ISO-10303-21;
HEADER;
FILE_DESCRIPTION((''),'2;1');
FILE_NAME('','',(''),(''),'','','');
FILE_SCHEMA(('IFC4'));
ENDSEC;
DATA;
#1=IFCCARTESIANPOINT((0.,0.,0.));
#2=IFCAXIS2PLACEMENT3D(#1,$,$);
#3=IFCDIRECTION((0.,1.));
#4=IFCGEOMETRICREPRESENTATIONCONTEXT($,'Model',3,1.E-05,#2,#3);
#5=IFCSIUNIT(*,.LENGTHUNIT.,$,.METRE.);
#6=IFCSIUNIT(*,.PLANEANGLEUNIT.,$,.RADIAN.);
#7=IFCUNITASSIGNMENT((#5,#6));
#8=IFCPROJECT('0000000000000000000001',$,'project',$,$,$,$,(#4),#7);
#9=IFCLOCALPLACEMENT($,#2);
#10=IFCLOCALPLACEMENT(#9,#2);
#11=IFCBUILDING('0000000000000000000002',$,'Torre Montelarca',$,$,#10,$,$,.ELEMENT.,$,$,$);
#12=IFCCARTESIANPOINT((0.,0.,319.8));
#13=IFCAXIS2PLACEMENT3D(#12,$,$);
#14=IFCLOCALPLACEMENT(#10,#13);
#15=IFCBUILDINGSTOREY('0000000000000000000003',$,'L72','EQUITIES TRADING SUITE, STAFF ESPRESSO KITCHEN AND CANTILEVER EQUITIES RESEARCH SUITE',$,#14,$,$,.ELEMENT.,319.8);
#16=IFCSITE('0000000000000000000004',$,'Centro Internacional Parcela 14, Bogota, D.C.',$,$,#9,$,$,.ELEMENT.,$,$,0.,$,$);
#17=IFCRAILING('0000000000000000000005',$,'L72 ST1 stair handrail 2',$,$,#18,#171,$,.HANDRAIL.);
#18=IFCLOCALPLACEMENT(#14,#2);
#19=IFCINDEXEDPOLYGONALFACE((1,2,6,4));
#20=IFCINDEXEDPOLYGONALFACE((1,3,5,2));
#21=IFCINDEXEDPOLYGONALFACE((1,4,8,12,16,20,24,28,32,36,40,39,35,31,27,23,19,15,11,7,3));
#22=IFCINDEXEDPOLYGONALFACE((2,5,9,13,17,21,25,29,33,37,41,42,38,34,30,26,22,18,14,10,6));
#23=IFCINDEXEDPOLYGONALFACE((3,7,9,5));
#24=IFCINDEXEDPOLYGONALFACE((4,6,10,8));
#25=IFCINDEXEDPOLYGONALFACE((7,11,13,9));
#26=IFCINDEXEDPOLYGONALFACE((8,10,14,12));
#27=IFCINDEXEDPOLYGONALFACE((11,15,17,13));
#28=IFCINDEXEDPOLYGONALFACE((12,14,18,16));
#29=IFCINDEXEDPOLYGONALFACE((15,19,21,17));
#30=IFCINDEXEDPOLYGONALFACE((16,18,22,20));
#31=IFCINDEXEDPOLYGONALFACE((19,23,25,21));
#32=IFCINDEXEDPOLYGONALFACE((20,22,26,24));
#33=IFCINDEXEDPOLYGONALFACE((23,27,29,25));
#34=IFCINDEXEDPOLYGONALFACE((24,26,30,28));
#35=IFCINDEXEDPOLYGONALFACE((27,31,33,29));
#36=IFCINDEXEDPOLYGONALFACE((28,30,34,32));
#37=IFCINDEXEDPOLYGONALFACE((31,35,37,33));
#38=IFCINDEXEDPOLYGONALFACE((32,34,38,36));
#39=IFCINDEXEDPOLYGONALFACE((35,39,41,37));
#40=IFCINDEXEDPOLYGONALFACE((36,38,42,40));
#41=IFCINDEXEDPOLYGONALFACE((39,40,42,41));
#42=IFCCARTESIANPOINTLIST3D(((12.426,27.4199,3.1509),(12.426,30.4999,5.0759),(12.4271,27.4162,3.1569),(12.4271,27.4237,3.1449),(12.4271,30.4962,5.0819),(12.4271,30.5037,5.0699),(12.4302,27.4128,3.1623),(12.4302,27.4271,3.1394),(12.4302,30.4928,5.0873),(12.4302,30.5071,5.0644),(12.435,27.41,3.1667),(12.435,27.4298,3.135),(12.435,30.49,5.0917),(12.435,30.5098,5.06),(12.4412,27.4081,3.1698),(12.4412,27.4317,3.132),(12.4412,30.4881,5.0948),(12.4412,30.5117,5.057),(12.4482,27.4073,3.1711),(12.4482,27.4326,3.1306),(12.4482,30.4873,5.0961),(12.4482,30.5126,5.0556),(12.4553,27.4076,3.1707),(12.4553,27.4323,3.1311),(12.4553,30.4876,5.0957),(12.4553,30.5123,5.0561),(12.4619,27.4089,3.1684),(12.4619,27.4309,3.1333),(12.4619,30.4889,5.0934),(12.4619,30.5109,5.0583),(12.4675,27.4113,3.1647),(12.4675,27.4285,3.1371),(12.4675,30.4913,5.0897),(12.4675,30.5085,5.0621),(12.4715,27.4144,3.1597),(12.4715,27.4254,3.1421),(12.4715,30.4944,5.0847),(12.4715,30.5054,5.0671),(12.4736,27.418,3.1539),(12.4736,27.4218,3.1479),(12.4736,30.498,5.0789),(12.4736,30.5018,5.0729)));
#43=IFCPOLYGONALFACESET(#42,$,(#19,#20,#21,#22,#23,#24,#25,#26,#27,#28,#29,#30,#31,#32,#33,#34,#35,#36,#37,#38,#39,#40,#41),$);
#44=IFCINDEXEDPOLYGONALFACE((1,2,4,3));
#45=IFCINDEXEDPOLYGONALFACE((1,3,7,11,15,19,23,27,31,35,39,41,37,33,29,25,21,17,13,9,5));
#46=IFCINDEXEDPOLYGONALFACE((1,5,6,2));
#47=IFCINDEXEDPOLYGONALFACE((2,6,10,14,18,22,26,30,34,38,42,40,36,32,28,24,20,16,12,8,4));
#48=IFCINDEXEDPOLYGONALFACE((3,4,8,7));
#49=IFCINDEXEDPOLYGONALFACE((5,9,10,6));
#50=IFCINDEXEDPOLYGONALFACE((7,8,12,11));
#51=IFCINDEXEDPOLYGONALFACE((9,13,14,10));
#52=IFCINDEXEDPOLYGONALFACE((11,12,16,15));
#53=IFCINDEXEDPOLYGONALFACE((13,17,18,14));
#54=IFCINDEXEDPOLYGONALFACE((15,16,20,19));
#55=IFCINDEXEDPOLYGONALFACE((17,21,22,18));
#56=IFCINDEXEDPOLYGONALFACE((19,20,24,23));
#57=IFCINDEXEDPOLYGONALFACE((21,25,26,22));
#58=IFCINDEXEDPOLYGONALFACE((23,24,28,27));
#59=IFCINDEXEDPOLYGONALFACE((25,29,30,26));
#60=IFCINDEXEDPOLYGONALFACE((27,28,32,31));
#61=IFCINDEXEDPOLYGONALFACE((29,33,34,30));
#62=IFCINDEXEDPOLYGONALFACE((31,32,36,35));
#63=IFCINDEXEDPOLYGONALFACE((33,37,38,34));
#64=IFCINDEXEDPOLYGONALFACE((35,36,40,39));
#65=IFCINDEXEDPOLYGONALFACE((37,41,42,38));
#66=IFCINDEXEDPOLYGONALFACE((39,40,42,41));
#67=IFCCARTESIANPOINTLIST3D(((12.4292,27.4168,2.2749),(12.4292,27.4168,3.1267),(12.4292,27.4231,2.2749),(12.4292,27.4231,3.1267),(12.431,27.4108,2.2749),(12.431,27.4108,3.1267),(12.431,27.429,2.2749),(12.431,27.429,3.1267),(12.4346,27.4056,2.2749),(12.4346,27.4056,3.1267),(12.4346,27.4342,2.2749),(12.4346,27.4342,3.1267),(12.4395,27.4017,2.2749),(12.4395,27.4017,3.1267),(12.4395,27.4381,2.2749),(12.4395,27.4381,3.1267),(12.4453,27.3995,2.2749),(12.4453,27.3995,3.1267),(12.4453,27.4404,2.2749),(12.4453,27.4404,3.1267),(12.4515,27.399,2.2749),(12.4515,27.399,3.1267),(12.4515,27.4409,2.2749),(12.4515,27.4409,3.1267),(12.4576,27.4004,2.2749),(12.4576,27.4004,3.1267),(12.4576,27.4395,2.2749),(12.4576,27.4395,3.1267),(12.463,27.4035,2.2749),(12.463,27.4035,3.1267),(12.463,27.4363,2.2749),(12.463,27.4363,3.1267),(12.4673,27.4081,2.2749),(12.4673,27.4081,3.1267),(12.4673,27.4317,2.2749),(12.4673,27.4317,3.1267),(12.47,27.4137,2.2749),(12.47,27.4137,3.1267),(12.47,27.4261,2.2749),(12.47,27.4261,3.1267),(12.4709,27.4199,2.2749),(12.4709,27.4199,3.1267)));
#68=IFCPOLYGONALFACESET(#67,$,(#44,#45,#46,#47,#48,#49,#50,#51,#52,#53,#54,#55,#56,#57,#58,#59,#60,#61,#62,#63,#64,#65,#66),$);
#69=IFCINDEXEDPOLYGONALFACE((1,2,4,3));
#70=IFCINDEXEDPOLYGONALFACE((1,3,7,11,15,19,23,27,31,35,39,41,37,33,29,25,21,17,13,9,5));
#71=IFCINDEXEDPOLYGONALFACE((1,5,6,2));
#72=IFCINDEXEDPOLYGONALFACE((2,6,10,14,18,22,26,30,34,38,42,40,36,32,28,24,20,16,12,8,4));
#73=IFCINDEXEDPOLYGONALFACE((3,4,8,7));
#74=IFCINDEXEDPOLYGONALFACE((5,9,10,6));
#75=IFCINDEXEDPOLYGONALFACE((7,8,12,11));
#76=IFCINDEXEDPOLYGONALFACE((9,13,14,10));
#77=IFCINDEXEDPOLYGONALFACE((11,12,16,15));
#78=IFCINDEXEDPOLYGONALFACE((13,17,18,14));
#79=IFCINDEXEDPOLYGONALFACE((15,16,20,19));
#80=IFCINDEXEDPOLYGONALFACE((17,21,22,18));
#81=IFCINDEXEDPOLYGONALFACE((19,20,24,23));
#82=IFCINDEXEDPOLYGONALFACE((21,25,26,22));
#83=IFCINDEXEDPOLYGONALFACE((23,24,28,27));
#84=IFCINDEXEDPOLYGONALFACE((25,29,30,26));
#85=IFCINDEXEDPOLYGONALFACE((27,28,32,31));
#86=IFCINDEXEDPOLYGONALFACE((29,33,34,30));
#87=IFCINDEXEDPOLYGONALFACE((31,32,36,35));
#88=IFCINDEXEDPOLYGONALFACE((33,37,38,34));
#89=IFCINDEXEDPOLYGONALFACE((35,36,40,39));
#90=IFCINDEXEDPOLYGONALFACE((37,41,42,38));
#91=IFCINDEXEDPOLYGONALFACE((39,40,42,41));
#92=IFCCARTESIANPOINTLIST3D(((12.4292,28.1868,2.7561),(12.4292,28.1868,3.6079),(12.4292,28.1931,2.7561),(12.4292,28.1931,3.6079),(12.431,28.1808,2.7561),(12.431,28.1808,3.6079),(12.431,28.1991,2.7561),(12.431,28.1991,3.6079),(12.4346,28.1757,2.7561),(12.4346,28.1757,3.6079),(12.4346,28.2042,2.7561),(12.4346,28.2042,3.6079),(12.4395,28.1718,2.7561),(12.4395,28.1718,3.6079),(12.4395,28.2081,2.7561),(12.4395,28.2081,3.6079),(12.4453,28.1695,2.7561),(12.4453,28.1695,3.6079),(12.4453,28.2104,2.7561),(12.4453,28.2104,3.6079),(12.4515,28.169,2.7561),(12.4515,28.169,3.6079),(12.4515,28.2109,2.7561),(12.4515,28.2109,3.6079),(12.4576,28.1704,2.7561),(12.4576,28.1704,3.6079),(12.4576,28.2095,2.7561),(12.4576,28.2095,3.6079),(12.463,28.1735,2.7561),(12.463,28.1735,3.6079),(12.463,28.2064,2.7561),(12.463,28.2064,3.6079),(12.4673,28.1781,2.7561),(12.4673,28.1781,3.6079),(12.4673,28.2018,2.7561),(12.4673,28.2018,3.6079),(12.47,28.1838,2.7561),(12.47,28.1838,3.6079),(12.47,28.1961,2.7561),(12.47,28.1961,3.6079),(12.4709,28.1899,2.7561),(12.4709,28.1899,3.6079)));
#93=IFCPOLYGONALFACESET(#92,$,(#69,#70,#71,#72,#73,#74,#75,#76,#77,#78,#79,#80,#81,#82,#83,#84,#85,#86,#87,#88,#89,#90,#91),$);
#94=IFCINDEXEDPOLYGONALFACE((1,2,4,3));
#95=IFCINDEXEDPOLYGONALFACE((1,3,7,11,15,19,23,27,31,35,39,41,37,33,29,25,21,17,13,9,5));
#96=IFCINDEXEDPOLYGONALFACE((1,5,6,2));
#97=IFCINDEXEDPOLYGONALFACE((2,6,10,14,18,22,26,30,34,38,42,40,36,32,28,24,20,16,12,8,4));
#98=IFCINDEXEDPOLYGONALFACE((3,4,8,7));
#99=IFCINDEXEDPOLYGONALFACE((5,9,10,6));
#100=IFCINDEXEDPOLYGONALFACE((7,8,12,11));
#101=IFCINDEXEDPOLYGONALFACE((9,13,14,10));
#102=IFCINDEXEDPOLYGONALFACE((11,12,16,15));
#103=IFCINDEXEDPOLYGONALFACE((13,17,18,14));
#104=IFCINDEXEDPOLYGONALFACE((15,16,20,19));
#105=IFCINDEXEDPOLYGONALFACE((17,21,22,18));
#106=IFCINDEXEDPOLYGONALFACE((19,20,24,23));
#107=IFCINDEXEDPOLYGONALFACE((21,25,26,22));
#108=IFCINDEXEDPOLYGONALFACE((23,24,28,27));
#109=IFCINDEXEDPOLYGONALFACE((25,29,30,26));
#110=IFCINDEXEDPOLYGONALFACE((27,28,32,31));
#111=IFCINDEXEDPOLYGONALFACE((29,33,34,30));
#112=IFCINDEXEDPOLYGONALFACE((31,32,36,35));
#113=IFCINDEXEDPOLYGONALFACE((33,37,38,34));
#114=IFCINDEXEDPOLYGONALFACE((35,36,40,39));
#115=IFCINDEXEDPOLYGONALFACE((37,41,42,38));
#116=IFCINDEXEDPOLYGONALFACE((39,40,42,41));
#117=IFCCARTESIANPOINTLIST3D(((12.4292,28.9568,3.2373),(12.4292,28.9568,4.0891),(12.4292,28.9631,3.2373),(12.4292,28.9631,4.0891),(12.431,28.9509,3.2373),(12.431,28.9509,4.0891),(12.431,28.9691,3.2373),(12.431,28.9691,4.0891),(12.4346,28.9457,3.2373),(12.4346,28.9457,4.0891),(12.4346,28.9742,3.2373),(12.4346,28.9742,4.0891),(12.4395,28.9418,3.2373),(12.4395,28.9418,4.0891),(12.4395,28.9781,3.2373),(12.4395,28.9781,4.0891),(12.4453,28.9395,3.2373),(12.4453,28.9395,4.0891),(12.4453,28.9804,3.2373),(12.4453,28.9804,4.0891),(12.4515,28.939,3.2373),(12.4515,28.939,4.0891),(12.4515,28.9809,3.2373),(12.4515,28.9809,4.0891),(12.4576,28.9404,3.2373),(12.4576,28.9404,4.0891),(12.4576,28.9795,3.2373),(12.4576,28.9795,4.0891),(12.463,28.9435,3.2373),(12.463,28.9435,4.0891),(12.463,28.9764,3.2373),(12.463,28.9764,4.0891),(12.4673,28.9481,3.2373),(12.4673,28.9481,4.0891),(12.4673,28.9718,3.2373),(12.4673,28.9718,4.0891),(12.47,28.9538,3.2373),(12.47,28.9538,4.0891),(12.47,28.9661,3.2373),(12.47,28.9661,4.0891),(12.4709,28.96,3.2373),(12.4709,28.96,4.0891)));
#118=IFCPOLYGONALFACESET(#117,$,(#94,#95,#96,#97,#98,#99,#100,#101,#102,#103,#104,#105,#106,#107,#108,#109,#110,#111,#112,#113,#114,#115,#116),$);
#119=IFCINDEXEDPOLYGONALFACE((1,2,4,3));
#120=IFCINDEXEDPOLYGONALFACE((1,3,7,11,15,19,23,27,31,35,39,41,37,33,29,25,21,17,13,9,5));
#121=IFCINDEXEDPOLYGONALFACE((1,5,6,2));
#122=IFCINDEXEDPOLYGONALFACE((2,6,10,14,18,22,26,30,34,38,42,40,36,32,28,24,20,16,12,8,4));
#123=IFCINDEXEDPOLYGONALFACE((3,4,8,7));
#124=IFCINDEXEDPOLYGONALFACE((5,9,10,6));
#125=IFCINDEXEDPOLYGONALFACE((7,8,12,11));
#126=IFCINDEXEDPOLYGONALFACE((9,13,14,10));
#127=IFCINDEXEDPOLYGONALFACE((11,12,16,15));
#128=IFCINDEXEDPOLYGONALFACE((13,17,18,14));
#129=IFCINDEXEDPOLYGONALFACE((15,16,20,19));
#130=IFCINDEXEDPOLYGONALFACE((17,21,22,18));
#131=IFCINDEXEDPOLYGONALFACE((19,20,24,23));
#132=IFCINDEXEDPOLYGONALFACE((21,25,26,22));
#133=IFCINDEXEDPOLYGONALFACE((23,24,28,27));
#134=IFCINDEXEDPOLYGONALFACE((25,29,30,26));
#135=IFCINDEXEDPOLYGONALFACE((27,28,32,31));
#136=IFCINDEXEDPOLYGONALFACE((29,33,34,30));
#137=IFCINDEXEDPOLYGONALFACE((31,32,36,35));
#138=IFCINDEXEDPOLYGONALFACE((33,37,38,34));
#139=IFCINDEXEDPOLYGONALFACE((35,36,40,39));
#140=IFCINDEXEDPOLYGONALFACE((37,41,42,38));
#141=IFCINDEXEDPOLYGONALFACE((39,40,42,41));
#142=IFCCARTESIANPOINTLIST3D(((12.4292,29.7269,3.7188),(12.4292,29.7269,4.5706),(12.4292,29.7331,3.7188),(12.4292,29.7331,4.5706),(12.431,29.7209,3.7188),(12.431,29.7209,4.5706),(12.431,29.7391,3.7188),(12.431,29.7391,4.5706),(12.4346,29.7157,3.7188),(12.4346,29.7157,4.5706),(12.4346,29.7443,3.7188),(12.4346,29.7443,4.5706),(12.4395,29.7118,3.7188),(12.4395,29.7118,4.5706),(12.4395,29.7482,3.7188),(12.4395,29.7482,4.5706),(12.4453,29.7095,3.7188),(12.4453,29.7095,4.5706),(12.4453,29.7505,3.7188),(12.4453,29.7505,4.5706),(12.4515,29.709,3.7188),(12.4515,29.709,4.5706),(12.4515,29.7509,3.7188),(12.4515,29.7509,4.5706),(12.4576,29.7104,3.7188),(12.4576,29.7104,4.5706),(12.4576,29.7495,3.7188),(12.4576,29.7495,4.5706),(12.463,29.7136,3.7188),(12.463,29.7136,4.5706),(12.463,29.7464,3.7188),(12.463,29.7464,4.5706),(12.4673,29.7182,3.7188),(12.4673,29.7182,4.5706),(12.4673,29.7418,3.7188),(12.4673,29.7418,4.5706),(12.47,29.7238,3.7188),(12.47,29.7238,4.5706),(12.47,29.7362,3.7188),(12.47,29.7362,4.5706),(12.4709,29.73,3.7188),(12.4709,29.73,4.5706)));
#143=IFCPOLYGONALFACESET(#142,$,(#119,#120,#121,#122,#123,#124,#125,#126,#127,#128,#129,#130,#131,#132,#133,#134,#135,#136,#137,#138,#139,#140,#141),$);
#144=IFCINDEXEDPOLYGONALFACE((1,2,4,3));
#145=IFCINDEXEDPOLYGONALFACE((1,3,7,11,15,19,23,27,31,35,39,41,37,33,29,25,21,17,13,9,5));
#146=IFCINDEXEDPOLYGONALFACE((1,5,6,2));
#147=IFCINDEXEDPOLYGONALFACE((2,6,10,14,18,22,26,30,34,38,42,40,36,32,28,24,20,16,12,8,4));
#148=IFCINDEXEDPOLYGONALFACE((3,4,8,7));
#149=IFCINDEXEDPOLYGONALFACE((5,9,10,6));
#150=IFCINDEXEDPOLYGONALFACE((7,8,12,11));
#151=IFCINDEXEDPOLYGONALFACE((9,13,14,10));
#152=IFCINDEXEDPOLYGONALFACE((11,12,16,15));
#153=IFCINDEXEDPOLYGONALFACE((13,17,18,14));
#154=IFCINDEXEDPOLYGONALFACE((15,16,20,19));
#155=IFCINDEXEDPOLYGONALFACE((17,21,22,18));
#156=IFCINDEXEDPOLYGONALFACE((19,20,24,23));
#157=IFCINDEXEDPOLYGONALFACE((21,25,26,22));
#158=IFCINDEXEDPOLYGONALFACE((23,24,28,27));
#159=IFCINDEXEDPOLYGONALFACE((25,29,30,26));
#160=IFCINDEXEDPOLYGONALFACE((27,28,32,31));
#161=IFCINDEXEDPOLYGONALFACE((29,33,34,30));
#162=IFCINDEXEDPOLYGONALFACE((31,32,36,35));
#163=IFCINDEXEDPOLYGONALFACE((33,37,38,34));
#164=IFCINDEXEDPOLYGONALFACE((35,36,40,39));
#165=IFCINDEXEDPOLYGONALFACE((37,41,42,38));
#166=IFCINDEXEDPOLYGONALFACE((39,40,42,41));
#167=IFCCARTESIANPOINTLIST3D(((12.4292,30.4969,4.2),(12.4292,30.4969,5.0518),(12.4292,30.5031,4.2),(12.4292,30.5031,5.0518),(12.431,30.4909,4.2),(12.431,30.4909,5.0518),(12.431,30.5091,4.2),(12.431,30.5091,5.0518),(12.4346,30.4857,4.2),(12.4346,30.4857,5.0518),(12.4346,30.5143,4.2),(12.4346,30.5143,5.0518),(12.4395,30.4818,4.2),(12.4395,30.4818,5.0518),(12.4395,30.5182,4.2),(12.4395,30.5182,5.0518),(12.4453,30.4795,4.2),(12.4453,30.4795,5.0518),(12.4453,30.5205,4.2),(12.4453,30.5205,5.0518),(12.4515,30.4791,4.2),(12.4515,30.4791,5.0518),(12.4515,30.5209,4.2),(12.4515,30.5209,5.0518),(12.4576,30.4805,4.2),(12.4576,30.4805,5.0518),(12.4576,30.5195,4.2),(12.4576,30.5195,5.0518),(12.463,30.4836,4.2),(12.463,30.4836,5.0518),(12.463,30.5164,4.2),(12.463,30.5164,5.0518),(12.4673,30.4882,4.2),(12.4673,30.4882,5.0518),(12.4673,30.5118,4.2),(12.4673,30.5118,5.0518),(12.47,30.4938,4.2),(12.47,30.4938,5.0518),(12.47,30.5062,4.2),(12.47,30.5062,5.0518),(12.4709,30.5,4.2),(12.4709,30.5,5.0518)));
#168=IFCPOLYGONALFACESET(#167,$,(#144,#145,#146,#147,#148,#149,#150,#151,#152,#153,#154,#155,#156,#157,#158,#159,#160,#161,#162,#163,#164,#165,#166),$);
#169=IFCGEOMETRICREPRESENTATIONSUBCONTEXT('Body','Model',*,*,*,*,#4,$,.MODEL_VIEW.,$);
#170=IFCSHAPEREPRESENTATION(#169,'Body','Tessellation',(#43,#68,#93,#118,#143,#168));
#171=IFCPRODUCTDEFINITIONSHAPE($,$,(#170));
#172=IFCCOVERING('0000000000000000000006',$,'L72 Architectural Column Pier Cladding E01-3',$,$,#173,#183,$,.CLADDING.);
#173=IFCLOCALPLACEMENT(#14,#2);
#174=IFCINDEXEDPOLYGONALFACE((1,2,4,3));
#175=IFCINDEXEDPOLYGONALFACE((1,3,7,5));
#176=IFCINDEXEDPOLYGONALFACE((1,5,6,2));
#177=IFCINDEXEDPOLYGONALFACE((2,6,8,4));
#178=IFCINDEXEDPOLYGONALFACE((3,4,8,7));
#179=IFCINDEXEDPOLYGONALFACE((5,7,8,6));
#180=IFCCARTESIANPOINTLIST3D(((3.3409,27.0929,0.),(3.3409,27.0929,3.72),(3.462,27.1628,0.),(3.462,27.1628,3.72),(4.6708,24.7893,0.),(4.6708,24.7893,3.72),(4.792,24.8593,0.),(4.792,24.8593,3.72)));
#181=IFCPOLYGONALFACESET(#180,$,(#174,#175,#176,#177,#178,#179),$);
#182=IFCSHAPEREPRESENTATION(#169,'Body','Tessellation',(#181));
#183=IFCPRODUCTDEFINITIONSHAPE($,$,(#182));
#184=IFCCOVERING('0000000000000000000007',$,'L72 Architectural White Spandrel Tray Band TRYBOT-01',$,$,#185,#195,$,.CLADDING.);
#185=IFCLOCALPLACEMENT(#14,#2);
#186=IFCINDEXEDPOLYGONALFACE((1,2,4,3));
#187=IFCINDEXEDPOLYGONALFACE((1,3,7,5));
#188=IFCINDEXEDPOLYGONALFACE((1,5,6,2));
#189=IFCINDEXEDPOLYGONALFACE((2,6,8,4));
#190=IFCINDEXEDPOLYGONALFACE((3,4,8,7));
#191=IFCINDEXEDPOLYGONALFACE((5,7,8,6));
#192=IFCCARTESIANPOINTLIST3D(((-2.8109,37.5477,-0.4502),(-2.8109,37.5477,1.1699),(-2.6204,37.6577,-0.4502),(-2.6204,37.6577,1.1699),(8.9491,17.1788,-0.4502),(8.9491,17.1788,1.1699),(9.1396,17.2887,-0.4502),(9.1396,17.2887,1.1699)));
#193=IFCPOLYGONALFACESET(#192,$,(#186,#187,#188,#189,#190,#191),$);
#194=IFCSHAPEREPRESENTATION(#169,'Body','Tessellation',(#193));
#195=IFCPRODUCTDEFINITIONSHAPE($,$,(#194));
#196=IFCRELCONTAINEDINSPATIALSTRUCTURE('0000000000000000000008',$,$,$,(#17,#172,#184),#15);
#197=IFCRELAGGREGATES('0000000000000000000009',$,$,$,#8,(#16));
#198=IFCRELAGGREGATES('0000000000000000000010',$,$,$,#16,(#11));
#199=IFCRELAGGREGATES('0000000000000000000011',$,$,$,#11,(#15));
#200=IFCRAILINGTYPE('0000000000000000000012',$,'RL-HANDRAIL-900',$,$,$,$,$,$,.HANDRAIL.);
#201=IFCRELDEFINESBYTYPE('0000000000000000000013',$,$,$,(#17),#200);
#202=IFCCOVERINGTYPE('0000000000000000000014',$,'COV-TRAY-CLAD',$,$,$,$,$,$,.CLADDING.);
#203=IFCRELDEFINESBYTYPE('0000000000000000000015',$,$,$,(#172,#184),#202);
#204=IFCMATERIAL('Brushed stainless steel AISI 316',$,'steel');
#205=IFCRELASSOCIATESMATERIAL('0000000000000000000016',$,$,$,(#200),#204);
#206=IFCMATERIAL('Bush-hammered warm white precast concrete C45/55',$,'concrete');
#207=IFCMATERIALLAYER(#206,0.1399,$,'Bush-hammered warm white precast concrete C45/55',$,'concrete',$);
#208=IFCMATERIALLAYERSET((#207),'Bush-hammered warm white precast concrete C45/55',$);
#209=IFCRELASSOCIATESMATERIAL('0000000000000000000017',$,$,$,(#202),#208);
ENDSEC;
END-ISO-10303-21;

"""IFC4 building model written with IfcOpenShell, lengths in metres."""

from ifc_helpers import new_model, si_unit, direction, frame, origin, origin_2d, place, context, subcontext, project, spatial, rectangle, circle, extrude, source, transform, mapped, material, layer, layer_set, type_object, element, save


model = new_model("IFC4")

# Units and contexts
model_context = context("Model", 3, precision=1e-05, world=origin(), true_north=direction((0.0, 1.0)))
body_context = subcontext(model_context, "Body", "Model", "MODEL_VIEW")
ifc_project = project(units=[si_unit("LENGTHUNIT", "METRE"), si_unit("PLANEANGLEUNIT", "RADIAN")], contexts=[model_context])

# Site, building, storey
site_placement = place(None, origin())
site = spatial("IfcSite", under=ifc_project, at=site_placement, Name="Centro Internacional Parcela 14, Bogota, D.C.", CompositionType="ELEMENT", RefElevation=0.0)
building_placement = place(site_placement, origin())
building = spatial("IfcBuilding", under=site, at=building_placement, Name="Torre Montelarca", CompositionType="ELEMENT")
storey_placement = place(building_placement, frame((0.0, 0.0, 319.8)))
storey = spatial("IfcBuildingStorey", under=building, at=storey_placement, Name="L72", Description="EQUITIES TRADING SUITE, STAFF ESPRESSO KITCHEN AND CANTILEVER EQUITIES RESEARCH SUITE", CompositionType="ELEMENT", Elevation=319.8)

# Railing
ifc_material_1 = material(Name="Brushed stainless steel AISI 316", Category="steel")
railing_type_1 = type_object("IfcRailingType", Name="RL-HANDRAIL-900", PredefinedType="HANDRAIL", material=ifc_material_1)
railing_1_placement = place(storey_placement, frame((12.45, 27.4199, 2.2749)))
element("IfcRailing", 1, at=railing_1_placement, inside=storey, type_object=railing_type_1, Name="L72 ST1 stair handrail 2", PredefinedType="HANDRAIL", context=body_context, shape_type="SweptSolid", body=[
    extrude(circle(Radius=0.0239, at=origin_2d()), frame((0.0, 0.0, 0.876), z_axis=(0.0, 0.847998, 0.529999), x_axis=(-1.0, 0.0, 0.0)), (0.0, 0.0, 1.0), 3.6321),
    extrude(circle(Radius=0.021, at=origin_2d()), origin(), (0.0, 0.0, 1.0), 0.8518),
    extrude(circle(Radius=0.021, at=origin_2d()), frame((0.0, 0.77, 0.4812)), (0.0, 0.0, 1.0), 0.8518),
    extrude(circle(Radius=0.021, at=origin_2d()), frame((0.0, 1.54, 0.9624)), (0.0, 0.0, 1.0), 0.8518),
    extrude(circle(Radius=0.021, at=origin_2d()), frame((0.0, 2.3101, 1.4438)), (0.0, 0.0, 1.0), 0.8518),
    extrude(circle(Radius=0.021, at=origin_2d()), frame((0.0, 3.0801, 1.925)), (0.0, 0.0, 1.0), 0.8518),
])

# Coverings
ifc_material_2 = material(Name="Bush-hammered warm white precast concrete C45/55", Category="concrete")
ifc_layer_1 = layer(ifc_material_2, 0.1399, Name="Bush-hammered warm white precast concrete C45/55", Category="concrete")
ifc_layer_set_1 = layer_set([ifc_layer_1], Name="Bush-hammered warm white precast concrete C45/55")
covering_type = type_object("IfcCoveringType", Name="COV-TRAY-CLAD", PredefinedType="CLADDING", material=ifc_layer_set_1)
shared_shape_1 = source(origin(), body_context, "Body", "SweptSolid", [
    extrude(rectangle(XDim=2.6599, YDim=0.1399, at=origin_2d()), origin(), (0.0, 0.0, 1.0), 3.72),
])
covering_1_placement = place(storey_placement, frame((4.0664, 25.9761, 0.0), z_axis=(0.0, 0.0, 1.0), x_axis=(0.5, -0.866025, 0.0)))
element("IfcCovering", 2, at=covering_1_placement, inside=storey, type_object=covering_type, Name="L72 Architectural Column Pier Cladding E01-3", PredefinedType="CLADDING", context=body_context, shape_type="MappedRepresentation", body=[
    mapped(shared_shape_1, transform((0.0, 0.0, 0.0), scale=1.0)),
])
shared_shape_2 = source(origin(), body_context, "Body", "SweptSolid", [
    extrude(rectangle(XDim=23.52, YDim=0.22, at=origin_2d()), origin(), (0.0, 0.0, 1.0), 1.6201),
])
covering_2_placement = place(storey_placement, frame((3.1643, 27.4182, -0.4502), z_axis=(0.0, 0.0, 1.0), x_axis=(0.5, -0.866025, 0.0)))
element("IfcCovering", 3, at=covering_2_placement, inside=storey, type_object=covering_type, Name="L72 Architectural White Spandrel Tray Band TRYBOT-01", PredefinedType="CLADDING", context=body_context, shape_type="MappedRepresentation", body=[
    mapped(shared_shape_2, transform((0.0, 0.0, 0.0), scale=1.0)),
])

save(model, "model.ifc")
